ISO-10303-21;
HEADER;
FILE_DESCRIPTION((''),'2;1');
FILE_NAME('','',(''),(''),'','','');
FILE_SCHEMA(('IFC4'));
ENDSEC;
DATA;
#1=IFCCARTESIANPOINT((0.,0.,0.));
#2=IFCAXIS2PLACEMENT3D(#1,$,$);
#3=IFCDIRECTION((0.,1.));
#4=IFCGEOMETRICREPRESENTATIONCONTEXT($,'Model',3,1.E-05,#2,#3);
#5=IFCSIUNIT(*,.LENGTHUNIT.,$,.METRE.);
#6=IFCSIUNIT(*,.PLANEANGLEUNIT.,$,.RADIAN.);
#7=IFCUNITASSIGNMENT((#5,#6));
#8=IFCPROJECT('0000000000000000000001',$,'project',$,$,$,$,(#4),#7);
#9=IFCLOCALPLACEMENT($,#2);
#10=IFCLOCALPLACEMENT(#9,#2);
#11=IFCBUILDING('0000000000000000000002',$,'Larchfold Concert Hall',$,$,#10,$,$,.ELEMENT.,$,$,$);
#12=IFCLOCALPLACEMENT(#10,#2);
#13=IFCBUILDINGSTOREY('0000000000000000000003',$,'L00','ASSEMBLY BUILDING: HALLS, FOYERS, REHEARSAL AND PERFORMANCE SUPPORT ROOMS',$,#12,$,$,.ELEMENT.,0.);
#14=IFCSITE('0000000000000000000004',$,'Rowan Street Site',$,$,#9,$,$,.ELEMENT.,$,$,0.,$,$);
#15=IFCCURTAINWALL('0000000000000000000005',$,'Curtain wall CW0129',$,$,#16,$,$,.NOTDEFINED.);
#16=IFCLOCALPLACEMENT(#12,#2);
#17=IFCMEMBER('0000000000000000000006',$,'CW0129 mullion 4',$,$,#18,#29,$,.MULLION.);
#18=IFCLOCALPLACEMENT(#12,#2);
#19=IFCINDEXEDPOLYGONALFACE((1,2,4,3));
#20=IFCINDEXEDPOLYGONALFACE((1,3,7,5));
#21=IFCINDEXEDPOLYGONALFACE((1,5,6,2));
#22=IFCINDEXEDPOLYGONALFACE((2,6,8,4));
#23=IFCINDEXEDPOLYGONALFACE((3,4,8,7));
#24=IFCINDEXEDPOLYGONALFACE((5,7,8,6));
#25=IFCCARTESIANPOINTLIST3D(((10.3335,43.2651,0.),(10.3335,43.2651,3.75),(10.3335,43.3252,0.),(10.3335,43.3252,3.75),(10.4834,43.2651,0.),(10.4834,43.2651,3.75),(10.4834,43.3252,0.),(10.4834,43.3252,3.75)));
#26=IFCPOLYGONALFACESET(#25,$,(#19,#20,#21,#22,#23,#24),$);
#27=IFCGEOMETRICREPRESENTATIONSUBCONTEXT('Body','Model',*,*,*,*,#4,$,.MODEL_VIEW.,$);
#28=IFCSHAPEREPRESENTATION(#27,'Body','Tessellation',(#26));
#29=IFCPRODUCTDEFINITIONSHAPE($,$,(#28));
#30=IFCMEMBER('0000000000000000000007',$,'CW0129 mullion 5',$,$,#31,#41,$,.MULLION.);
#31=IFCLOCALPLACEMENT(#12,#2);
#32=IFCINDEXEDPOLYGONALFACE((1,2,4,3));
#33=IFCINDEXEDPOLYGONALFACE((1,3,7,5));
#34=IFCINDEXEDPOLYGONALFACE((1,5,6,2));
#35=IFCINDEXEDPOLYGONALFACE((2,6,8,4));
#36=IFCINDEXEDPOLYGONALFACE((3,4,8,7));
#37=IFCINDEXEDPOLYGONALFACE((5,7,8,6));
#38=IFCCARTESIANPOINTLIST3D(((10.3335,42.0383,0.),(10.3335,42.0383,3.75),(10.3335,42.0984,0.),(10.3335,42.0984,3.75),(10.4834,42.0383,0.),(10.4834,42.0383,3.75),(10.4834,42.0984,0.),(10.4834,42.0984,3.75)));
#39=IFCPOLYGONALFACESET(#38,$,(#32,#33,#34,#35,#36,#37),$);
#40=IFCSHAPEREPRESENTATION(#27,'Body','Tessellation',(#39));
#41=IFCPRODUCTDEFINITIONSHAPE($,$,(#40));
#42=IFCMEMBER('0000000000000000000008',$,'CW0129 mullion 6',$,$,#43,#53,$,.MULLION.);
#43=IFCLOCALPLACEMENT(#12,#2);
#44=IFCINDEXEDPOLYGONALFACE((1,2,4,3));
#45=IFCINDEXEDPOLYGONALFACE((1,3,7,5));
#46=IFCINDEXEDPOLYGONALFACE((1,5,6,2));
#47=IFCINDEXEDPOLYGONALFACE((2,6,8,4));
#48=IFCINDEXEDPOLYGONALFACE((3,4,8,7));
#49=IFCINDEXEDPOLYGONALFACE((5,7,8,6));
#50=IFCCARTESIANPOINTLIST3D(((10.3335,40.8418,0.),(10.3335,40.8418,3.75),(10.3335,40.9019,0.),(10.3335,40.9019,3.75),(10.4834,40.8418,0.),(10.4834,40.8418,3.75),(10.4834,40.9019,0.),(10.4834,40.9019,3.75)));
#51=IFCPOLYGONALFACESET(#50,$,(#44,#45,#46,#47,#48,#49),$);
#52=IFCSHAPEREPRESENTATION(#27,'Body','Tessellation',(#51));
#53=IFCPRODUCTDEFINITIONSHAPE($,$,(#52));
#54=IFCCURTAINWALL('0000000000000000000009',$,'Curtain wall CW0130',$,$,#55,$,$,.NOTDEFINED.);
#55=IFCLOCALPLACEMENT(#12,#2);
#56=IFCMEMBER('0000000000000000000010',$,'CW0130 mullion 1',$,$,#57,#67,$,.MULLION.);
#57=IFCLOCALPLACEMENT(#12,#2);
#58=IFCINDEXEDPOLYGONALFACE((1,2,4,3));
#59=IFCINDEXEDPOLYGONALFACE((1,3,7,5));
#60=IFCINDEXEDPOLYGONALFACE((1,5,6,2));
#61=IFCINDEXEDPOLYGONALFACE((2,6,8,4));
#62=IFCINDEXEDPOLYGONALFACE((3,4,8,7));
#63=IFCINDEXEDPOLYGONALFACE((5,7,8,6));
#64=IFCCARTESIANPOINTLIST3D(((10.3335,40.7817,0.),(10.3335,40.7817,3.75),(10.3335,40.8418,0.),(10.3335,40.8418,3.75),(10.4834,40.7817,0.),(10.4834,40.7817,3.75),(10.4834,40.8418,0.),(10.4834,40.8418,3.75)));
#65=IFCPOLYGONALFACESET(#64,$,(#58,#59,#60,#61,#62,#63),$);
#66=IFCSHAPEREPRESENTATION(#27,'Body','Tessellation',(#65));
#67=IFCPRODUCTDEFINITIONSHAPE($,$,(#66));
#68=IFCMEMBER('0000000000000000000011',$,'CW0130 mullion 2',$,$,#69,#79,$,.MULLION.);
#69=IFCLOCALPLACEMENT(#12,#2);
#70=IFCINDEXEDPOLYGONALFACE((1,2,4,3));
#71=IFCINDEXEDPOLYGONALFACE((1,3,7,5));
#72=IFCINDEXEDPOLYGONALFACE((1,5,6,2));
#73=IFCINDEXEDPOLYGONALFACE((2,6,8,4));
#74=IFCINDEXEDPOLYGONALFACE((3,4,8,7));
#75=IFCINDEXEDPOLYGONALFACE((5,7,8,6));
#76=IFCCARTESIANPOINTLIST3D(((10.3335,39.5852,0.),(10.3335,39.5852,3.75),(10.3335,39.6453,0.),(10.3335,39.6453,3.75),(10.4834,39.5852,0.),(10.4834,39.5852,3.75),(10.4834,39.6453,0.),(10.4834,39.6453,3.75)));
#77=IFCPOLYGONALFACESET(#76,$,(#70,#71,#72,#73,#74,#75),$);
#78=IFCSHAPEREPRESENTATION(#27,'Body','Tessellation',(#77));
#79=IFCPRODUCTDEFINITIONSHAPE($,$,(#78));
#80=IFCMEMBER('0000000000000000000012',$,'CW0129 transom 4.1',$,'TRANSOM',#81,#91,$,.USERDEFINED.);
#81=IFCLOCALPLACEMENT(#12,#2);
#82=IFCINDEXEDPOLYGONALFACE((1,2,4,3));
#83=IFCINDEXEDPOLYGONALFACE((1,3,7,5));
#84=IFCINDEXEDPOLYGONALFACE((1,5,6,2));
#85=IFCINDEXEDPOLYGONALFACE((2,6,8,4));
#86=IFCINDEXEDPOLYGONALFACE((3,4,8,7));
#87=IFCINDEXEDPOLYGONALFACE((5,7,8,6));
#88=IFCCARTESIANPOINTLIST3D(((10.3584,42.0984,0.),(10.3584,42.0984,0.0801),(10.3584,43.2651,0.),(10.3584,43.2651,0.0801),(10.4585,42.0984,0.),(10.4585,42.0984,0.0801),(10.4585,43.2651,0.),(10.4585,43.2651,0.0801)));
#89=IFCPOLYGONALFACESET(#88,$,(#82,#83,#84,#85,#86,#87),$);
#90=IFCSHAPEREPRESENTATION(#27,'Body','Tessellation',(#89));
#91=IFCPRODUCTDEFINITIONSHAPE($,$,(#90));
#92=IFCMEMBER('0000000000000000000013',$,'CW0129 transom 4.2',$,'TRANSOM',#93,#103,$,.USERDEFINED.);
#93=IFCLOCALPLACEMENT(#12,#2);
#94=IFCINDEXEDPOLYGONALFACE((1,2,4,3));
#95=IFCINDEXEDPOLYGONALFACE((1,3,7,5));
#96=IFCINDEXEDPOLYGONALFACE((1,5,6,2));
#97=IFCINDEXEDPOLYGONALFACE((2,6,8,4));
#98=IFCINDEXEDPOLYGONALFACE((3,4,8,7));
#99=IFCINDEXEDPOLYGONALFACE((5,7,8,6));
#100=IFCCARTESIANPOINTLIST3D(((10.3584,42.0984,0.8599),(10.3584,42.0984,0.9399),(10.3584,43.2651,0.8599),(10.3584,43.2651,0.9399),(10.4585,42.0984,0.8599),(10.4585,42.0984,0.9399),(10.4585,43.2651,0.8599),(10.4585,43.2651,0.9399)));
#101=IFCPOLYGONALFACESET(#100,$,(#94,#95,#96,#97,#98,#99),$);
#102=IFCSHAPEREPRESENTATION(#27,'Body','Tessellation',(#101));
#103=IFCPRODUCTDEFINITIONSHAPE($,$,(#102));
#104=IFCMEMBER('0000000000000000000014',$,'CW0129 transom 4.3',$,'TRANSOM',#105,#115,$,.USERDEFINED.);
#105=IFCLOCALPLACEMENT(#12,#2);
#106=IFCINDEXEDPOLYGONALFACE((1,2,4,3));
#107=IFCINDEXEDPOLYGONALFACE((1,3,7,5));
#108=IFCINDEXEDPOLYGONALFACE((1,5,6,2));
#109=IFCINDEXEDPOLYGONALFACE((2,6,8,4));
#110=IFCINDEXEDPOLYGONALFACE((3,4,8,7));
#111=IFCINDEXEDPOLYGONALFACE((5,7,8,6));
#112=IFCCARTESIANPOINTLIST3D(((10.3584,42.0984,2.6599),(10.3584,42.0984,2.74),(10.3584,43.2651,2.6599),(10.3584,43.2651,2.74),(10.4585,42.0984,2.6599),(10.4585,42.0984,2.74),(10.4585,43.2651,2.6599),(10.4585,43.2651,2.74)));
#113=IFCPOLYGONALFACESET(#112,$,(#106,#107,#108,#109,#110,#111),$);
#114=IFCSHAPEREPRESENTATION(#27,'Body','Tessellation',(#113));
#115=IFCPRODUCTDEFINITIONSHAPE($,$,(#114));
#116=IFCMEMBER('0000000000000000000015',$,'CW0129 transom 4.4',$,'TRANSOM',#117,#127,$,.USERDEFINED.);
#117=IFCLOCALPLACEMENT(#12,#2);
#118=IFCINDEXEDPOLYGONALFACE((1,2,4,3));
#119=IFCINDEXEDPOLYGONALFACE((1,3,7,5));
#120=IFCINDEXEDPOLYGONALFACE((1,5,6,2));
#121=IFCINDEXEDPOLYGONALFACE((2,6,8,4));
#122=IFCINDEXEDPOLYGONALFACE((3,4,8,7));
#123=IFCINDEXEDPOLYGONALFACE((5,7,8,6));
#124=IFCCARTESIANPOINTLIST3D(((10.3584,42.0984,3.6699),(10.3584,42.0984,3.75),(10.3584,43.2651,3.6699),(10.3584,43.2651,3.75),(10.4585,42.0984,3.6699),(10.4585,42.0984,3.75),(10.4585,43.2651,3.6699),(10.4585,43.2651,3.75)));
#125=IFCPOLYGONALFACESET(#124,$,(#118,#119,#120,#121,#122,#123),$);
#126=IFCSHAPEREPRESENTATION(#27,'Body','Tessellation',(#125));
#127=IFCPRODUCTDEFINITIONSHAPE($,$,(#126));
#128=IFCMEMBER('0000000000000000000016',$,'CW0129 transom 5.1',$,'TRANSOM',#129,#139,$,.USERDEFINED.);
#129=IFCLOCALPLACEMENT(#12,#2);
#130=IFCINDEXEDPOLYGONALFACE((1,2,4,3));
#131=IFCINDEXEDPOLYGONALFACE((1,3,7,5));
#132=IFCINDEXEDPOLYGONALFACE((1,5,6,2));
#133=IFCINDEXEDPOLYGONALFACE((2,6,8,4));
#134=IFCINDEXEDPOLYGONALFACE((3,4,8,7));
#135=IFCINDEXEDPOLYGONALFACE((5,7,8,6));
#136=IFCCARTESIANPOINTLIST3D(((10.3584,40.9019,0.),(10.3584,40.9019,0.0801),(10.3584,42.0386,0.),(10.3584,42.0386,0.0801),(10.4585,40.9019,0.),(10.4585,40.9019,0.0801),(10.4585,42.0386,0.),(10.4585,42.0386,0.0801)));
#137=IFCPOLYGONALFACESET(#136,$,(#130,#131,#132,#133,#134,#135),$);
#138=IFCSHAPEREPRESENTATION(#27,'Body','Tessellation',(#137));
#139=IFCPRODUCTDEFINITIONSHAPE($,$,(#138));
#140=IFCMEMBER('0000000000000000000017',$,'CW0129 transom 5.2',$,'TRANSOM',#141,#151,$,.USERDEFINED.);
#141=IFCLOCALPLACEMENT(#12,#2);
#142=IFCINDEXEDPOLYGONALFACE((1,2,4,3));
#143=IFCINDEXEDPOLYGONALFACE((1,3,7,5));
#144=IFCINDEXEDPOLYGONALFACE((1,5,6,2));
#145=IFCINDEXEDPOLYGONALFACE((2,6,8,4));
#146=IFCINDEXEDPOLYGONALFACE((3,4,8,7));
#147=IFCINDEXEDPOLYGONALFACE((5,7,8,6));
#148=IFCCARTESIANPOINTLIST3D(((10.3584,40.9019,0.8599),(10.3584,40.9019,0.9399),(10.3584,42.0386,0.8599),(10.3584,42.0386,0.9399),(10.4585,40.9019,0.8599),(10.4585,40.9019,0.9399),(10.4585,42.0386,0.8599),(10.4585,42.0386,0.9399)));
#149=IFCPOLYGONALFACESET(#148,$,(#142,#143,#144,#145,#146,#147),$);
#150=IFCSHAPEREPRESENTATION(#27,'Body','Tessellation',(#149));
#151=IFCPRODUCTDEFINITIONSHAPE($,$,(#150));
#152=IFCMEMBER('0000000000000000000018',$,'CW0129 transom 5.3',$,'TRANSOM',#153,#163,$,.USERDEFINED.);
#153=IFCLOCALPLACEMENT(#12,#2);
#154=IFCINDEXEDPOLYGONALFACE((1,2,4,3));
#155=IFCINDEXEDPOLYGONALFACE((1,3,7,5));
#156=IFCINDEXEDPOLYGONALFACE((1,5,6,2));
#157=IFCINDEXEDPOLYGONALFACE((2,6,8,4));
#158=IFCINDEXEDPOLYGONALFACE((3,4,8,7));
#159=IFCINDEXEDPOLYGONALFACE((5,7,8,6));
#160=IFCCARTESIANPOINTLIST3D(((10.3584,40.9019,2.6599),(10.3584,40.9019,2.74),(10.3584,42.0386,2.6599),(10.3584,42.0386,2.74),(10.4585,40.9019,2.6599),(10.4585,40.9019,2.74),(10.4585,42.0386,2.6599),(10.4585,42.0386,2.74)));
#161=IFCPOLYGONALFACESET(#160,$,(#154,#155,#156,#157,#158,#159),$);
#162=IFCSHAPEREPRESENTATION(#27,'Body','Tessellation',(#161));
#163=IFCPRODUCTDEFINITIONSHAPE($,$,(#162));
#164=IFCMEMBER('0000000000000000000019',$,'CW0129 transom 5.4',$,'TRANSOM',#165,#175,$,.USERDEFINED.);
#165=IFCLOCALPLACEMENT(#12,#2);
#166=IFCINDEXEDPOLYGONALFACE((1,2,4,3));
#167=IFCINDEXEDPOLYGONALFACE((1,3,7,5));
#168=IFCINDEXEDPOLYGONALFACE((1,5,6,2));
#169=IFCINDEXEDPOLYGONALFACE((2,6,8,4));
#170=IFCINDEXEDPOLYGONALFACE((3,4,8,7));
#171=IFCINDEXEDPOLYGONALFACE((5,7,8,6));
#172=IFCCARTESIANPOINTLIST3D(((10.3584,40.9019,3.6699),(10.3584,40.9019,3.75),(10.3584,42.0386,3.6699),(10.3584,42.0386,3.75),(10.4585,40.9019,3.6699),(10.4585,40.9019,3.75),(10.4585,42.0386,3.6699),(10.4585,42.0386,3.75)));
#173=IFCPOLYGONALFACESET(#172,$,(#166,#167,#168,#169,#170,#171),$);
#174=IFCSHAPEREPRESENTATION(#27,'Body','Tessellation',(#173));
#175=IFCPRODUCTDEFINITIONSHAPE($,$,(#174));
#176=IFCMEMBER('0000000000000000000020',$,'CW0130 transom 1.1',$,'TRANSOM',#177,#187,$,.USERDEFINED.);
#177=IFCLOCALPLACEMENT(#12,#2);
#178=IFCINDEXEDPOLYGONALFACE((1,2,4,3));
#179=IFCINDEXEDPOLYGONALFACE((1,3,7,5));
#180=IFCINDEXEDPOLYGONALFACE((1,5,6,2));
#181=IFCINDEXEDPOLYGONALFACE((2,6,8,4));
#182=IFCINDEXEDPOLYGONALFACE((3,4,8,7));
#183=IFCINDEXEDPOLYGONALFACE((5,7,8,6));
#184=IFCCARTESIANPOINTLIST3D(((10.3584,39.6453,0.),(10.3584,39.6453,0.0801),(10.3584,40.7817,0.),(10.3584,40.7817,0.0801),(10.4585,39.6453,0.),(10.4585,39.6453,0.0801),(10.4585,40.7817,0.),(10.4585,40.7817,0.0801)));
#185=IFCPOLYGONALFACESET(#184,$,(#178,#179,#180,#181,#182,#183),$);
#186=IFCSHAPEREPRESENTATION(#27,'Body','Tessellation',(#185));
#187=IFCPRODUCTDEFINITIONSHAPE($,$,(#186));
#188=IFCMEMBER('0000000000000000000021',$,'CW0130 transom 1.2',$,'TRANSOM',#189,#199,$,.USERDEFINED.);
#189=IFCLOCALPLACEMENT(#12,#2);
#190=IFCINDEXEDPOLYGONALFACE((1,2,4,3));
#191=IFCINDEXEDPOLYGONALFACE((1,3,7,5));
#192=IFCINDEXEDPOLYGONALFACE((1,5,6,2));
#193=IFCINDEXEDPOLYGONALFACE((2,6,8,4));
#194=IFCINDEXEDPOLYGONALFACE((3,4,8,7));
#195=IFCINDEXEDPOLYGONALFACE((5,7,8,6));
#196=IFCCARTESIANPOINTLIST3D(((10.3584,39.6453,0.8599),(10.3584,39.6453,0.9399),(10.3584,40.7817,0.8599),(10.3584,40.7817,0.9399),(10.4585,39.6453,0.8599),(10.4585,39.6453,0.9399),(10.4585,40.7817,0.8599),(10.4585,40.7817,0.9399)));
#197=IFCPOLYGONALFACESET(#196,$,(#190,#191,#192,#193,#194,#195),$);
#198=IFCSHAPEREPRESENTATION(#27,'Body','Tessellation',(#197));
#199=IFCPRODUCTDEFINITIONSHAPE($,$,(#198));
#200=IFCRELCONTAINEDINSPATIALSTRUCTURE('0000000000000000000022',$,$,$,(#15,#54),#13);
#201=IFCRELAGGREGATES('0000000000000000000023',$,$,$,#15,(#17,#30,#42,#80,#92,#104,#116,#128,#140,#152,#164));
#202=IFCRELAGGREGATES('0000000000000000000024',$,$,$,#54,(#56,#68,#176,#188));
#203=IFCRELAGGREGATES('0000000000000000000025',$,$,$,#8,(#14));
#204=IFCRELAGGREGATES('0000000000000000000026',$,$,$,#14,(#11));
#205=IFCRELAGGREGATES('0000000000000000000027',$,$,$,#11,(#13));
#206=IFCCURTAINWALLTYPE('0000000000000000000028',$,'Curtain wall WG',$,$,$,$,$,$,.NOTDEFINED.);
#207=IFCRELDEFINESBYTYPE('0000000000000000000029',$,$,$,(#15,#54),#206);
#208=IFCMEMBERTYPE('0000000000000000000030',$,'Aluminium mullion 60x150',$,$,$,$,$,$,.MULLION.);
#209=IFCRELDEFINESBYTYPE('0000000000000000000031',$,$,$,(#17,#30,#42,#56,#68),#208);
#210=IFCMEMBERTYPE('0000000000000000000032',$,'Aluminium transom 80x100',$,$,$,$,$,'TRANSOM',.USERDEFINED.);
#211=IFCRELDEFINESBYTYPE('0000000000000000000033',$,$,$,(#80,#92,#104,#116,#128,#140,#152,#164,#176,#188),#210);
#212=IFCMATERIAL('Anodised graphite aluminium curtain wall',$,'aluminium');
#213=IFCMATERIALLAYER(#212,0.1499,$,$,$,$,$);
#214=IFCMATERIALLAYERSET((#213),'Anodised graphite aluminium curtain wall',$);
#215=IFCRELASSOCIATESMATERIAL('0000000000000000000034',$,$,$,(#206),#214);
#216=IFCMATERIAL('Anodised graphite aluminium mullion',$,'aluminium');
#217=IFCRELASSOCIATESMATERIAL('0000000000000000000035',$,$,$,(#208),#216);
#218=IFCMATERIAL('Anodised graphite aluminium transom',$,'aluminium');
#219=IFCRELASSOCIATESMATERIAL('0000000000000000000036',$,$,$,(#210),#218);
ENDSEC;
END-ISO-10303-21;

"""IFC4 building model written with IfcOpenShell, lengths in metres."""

from ifc_helpers import new_model, si_unit, direction, frame, origin, origin_2d, place, context, subcontext, project, spatial, rectangle, extrude, material, layer, layer_set, material_profile, profile_set, type_object, element, aggregate, save


model = new_model("IFC4")

# Units and contexts
model_context = context("Model", 3, precision=1e-05, world=origin(), true_north=direction((0.0, 1.0)))
body_context = subcontext(model_context, "Body", "Model", "MODEL_VIEW")
ifc_project = project(units=[si_unit("LENGTHUNIT", "METRE"), si_unit("PLANEANGLEUNIT", "RADIAN")], contexts=[model_context])

# Site, building, storey
site_placement = place(None, origin())
site = spatial("IfcSite", under=ifc_project, at=site_placement, Name="Rowan Street Site", CompositionType="ELEMENT", RefElevation=0.0)
building_placement = place(site_placement, origin())
building = spatial("IfcBuilding", under=site, at=building_placement, Name="Larchfold Concert Hall", CompositionType="ELEMENT")
storey_placement = place(building_placement, origin())
storey = spatial("IfcBuildingStorey", under=building, at=storey_placement, Name="L00", Description="ASSEMBLY BUILDING: HALLS, FOYERS, REHEARSAL AND PERFORMANCE SUPPORT ROOMS", CompositionType="ELEMENT", Elevation=0.0)

# Curtain walls, members
ifc_material_1 = material(Name="Anodised graphite aluminium curtain wall", Category="aluminium")
ifc_layer_1 = layer(ifc_material_1, 0.1499)
ifc_layer_set_1 = layer_set([ifc_layer_1], Name="Anodised graphite aluminium curtain wall")
curtain_wall_type = type_object("IfcCurtainWallType", Name="Curtain wall WG", PredefinedType="NOTDEFINED", material=ifc_layer_set_1)
curtain_wall_1_placement = place(storey_placement, origin())
curtain_wall_1 = element("IfcCurtainWall", 1, at=curtain_wall_1_placement, inside=storey, type_object=curtain_wall_type, Name="Curtain wall CW0129", PredefinedType="NOTDEFINED")
ifc_material_2 = material(Name="Anodised graphite aluminium mullion", Category="aluminium")
ifc_material_profile_1 = material_profile(ifc_material_2, rectangle(XDim=0.1499, YDim=0.0601, at=origin_2d()))
ifc_profile_set_1 = profile_set([ifc_material_profile_1], Name="Anodised graphite aluminium mullion")
member_type_1 = type_object("IfcMemberType", Name="Aluminium mullion 60x150", PredefinedType="MULLION", material=ifc_profile_set_1)
member_1_placement = place(storey_placement, frame((10.4084, 43.2952, 0.0), z_axis=(0.0, 0.0, 1.0), x_axis=(1.0, 0.0, 0.0)))
member_1 = element("IfcMember", 2, at=member_1_placement, type_object=member_type_1, Name="CW0129 mullion 4", PredefinedType="MULLION", context=body_context, shape_type="SweptSolid", body=[
    extrude(rectangle(XDim=0.1499, YDim=0.0601, at=origin_2d()), origin(), (0.0, 0.0, 1.0), 3.75),
])
member_2_placement = place(storey_placement, frame((10.4084, 42.0684, 0.0), z_axis=(0.0, 0.0, 1.0), x_axis=(1.0, 0.0, 0.0)))
member_2 = element("IfcMember", 3, at=member_2_placement, type_object=member_type_1, Name="CW0129 mullion 5", PredefinedType="MULLION", context=body_context, shape_type="SweptSolid", body=[
    extrude(rectangle(XDim=0.1499, YDim=0.0601, at=origin_2d()), origin(), (0.0, 0.0, 1.0), 3.75),
])
member_3_placement = place(storey_placement, frame((10.4084, 40.8718, 0.0), z_axis=(0.0, 0.0, 1.0), x_axis=(1.0, 0.0, 0.0)))
member_3 = element("IfcMember", 4, at=member_3_placement, type_object=member_type_1, Name="CW0129 mullion 6", PredefinedType="MULLION", context=body_context, shape_type="SweptSolid", body=[
    extrude(rectangle(XDim=0.1499, YDim=0.0601, at=origin_2d()), origin(), (0.0, 0.0, 1.0), 3.75),
])
curtain_wall_2_placement = place(storey_placement, origin())
curtain_wall_2 = element("IfcCurtainWall", 5, at=curtain_wall_2_placement, inside=storey, type_object=curtain_wall_type, Name="Curtain wall CW0130", PredefinedType="NOTDEFINED")
member_4_placement = place(storey_placement, frame((10.4084, 40.8118, 0.0), z_axis=(0.0, 0.0, 1.0), x_axis=(1.0, 0.0, 0.0)))
member_4 = element("IfcMember", 6, at=member_4_placement, type_object=member_type_1, Name="CW0130 mullion 1", PredefinedType="MULLION", context=body_context, shape_type="SweptSolid", body=[
    extrude(rectangle(XDim=0.1499, YDim=0.0601, at=origin_2d()), origin(), (0.0, 0.0, 1.0), 3.75),
])
member_5_placement = place(storey_placement, frame((10.4084, 39.6152, 0.0), z_axis=(0.0, 0.0, 1.0), x_axis=(1.0, 0.0, 0.0)))
member_5 = element("IfcMember", 7, at=member_5_placement, type_object=member_type_1, Name="CW0130 mullion 2", PredefinedType="MULLION", context=body_context, shape_type="SweptSolid", body=[
    extrude(rectangle(XDim=0.1499, YDim=0.0601, at=origin_2d()), origin(), (0.0, 0.0, 1.0), 3.75),
])

# Members
ifc_material_3 = material(Name="Anodised graphite aluminium transom", Category="aluminium")
ifc_material_profile_2 = material_profile(ifc_material_3, rectangle(XDim=0.1001, YDim=0.0801, at=origin_2d()))
ifc_profile_set_2 = profile_set([ifc_material_profile_2], Name="Anodised graphite aluminium transom")
member_type_2 = type_object("IfcMemberType", Name="Aluminium transom 80x100", ElementType="TRANSOM", PredefinedType="USERDEFINED", material=ifc_profile_set_2)
member_6_placement = place(storey_placement, frame((10.4084, 43.2651, 0.04), z_axis=(0.0, -1.0, 0.0), x_axis=(1.0, 0.0, 0.0)))
member_6 = element("IfcMember", 8, at=member_6_placement, type_object=member_type_2, Name="CW0129 transom 4.1", ObjectType="TRANSOM", PredefinedType="USERDEFINED", context=body_context, shape_type="SweptSolid", body=[
    extrude(rectangle(XDim=0.1001, YDim=0.0801, at=origin_2d()), origin(), (0.0, 0.0, 1.0), 1.1667),
])
member_7_placement = place(storey_placement, frame((10.4084, 43.2651, 0.8999), z_axis=(0.0, -1.0, 0.0), x_axis=(1.0, 0.0, 0.0)))
member_7 = element("IfcMember", 9, at=member_7_placement, type_object=member_type_2, Name="CW0129 transom 4.2", ObjectType="TRANSOM", PredefinedType="USERDEFINED", context=body_context, shape_type="SweptSolid", body=[
    extrude(rectangle(XDim=0.1001, YDim=0.0801, at=origin_2d()), origin(), (0.0, 0.0, 1.0), 1.1667),
])
member_8_placement = place(storey_placement, frame((10.4084, 43.2651, 2.7), z_axis=(0.0, -1.0, 0.0), x_axis=(1.0, 0.0, 0.0)))
member_8 = element("IfcMember", 10, at=member_8_placement, type_object=member_type_2, Name="CW0129 transom 4.3", ObjectType="TRANSOM", PredefinedType="USERDEFINED", context=body_context, shape_type="SweptSolid", body=[
    extrude(rectangle(XDim=0.1001, YDim=0.0801, at=origin_2d()), origin(), (0.0, 0.0, 1.0), 1.1667),
])
member_9_placement = place(storey_placement, frame((10.4084, 43.2651, 3.71), z_axis=(0.0, -1.0, 0.0), x_axis=(1.0, 0.0, 0.0)))
member_9 = element("IfcMember", 11, at=member_9_placement, type_object=member_type_2, Name="CW0129 transom 4.4", ObjectType="TRANSOM", PredefinedType="USERDEFINED", context=body_context, shape_type="SweptSolid", body=[
    extrude(rectangle(XDim=0.1001, YDim=0.0801, at=origin_2d()), origin(), (0.0, 0.0, 1.0), 1.1667),
])
member_10_placement = place(storey_placement, frame((10.4084, 42.0386, 0.04), z_axis=(0.0, -1.0, 0.0), x_axis=(1.0, 0.0, 0.0)))
member_10 = element("IfcMember", 12, at=member_10_placement, type_object=member_type_2, Name="CW0129 transom 5.1", ObjectType="TRANSOM", PredefinedType="USERDEFINED", context=body_context, shape_type="SweptSolid", body=[
    extrude(rectangle(XDim=0.1001, YDim=0.0801, at=origin_2d()), origin(), (0.0, 0.0, 1.0), 1.1367),
])
member_11_placement = place(storey_placement, frame((10.4084, 42.0386, 0.8999), z_axis=(0.0, -1.0, 0.0), x_axis=(1.0, 0.0, 0.0)))
member_11 = element("IfcMember", 13, at=member_11_placement, type_object=member_type_2, Name="CW0129 transom 5.2", ObjectType="TRANSOM", PredefinedType="USERDEFINED", context=body_context, shape_type="SweptSolid", body=[
    extrude(rectangle(XDim=0.1001, YDim=0.0801, at=origin_2d()), origin(), (0.0, 0.0, 1.0), 1.1367),
])
member_12_placement = place(storey_placement, frame((10.4084, 42.0386, 2.7), z_axis=(0.0, -1.0, 0.0), x_axis=(1.0, 0.0, 0.0)))
member_12 = element("IfcMember", 14, at=member_12_placement, type_object=member_type_2, Name="CW0129 transom 5.3", ObjectType="TRANSOM", PredefinedType="USERDEFINED", context=body_context, shape_type="SweptSolid", body=[
    extrude(rectangle(XDim=0.1001, YDim=0.0801, at=origin_2d()), origin(), (0.0, 0.0, 1.0), 1.1367),
])
member_13_placement = place(storey_placement, frame((10.4084, 42.0386, 3.71), z_axis=(0.0, -1.0, 0.0), x_axis=(1.0, 0.0, 0.0)))
member_13 = element("IfcMember", 15, at=member_13_placement, type_object=member_type_2, Name="CW0129 transom 5.4", ObjectType="TRANSOM", PredefinedType="USERDEFINED", context=body_context, shape_type="SweptSolid", body=[
    extrude(rectangle(XDim=0.1001, YDim=0.0801, at=origin_2d()), origin(), (0.0, 0.0, 1.0), 1.1367),
])
member_14_placement = place(storey_placement, frame((10.4084, 40.7817, 0.04), z_axis=(0.0, -1.0, 0.0), x_axis=(1.0, 0.0, 0.0)))
member_14 = element("IfcMember", 16, at=member_14_placement, type_object=member_type_2, Name="CW0130 transom 1.1", ObjectType="TRANSOM", PredefinedType="USERDEFINED", context=body_context, shape_type="SweptSolid", body=[
    extrude(rectangle(XDim=0.1001, YDim=0.0801, at=origin_2d()), origin(), (0.0, 0.0, 1.0), 1.1365),
])
member_15_placement = place(storey_placement, frame((10.4084, 40.7817, 0.8999), z_axis=(0.0, -1.0, 0.0), x_axis=(1.0, 0.0, 0.0)))
member_15 = element("IfcMember", 17, at=member_15_placement, type_object=member_type_2, Name="CW0130 transom 1.2", ObjectType="TRANSOM", PredefinedType="USERDEFINED", context=body_context, shape_type="SweptSolid", body=[
    extrude(rectangle(XDim=0.1001, YDim=0.0801, at=origin_2d()), origin(), (0.0, 0.0, 1.0), 1.1365),
])

aggregate(curtain_wall_1, [member_1, member_2, member_3, member_6, member_7, member_8, member_9, member_10, member_11, member_12, member_13])
aggregate(curtain_wall_2, [member_4, member_5, member_14, member_15])

save(model, "model.ifc")
